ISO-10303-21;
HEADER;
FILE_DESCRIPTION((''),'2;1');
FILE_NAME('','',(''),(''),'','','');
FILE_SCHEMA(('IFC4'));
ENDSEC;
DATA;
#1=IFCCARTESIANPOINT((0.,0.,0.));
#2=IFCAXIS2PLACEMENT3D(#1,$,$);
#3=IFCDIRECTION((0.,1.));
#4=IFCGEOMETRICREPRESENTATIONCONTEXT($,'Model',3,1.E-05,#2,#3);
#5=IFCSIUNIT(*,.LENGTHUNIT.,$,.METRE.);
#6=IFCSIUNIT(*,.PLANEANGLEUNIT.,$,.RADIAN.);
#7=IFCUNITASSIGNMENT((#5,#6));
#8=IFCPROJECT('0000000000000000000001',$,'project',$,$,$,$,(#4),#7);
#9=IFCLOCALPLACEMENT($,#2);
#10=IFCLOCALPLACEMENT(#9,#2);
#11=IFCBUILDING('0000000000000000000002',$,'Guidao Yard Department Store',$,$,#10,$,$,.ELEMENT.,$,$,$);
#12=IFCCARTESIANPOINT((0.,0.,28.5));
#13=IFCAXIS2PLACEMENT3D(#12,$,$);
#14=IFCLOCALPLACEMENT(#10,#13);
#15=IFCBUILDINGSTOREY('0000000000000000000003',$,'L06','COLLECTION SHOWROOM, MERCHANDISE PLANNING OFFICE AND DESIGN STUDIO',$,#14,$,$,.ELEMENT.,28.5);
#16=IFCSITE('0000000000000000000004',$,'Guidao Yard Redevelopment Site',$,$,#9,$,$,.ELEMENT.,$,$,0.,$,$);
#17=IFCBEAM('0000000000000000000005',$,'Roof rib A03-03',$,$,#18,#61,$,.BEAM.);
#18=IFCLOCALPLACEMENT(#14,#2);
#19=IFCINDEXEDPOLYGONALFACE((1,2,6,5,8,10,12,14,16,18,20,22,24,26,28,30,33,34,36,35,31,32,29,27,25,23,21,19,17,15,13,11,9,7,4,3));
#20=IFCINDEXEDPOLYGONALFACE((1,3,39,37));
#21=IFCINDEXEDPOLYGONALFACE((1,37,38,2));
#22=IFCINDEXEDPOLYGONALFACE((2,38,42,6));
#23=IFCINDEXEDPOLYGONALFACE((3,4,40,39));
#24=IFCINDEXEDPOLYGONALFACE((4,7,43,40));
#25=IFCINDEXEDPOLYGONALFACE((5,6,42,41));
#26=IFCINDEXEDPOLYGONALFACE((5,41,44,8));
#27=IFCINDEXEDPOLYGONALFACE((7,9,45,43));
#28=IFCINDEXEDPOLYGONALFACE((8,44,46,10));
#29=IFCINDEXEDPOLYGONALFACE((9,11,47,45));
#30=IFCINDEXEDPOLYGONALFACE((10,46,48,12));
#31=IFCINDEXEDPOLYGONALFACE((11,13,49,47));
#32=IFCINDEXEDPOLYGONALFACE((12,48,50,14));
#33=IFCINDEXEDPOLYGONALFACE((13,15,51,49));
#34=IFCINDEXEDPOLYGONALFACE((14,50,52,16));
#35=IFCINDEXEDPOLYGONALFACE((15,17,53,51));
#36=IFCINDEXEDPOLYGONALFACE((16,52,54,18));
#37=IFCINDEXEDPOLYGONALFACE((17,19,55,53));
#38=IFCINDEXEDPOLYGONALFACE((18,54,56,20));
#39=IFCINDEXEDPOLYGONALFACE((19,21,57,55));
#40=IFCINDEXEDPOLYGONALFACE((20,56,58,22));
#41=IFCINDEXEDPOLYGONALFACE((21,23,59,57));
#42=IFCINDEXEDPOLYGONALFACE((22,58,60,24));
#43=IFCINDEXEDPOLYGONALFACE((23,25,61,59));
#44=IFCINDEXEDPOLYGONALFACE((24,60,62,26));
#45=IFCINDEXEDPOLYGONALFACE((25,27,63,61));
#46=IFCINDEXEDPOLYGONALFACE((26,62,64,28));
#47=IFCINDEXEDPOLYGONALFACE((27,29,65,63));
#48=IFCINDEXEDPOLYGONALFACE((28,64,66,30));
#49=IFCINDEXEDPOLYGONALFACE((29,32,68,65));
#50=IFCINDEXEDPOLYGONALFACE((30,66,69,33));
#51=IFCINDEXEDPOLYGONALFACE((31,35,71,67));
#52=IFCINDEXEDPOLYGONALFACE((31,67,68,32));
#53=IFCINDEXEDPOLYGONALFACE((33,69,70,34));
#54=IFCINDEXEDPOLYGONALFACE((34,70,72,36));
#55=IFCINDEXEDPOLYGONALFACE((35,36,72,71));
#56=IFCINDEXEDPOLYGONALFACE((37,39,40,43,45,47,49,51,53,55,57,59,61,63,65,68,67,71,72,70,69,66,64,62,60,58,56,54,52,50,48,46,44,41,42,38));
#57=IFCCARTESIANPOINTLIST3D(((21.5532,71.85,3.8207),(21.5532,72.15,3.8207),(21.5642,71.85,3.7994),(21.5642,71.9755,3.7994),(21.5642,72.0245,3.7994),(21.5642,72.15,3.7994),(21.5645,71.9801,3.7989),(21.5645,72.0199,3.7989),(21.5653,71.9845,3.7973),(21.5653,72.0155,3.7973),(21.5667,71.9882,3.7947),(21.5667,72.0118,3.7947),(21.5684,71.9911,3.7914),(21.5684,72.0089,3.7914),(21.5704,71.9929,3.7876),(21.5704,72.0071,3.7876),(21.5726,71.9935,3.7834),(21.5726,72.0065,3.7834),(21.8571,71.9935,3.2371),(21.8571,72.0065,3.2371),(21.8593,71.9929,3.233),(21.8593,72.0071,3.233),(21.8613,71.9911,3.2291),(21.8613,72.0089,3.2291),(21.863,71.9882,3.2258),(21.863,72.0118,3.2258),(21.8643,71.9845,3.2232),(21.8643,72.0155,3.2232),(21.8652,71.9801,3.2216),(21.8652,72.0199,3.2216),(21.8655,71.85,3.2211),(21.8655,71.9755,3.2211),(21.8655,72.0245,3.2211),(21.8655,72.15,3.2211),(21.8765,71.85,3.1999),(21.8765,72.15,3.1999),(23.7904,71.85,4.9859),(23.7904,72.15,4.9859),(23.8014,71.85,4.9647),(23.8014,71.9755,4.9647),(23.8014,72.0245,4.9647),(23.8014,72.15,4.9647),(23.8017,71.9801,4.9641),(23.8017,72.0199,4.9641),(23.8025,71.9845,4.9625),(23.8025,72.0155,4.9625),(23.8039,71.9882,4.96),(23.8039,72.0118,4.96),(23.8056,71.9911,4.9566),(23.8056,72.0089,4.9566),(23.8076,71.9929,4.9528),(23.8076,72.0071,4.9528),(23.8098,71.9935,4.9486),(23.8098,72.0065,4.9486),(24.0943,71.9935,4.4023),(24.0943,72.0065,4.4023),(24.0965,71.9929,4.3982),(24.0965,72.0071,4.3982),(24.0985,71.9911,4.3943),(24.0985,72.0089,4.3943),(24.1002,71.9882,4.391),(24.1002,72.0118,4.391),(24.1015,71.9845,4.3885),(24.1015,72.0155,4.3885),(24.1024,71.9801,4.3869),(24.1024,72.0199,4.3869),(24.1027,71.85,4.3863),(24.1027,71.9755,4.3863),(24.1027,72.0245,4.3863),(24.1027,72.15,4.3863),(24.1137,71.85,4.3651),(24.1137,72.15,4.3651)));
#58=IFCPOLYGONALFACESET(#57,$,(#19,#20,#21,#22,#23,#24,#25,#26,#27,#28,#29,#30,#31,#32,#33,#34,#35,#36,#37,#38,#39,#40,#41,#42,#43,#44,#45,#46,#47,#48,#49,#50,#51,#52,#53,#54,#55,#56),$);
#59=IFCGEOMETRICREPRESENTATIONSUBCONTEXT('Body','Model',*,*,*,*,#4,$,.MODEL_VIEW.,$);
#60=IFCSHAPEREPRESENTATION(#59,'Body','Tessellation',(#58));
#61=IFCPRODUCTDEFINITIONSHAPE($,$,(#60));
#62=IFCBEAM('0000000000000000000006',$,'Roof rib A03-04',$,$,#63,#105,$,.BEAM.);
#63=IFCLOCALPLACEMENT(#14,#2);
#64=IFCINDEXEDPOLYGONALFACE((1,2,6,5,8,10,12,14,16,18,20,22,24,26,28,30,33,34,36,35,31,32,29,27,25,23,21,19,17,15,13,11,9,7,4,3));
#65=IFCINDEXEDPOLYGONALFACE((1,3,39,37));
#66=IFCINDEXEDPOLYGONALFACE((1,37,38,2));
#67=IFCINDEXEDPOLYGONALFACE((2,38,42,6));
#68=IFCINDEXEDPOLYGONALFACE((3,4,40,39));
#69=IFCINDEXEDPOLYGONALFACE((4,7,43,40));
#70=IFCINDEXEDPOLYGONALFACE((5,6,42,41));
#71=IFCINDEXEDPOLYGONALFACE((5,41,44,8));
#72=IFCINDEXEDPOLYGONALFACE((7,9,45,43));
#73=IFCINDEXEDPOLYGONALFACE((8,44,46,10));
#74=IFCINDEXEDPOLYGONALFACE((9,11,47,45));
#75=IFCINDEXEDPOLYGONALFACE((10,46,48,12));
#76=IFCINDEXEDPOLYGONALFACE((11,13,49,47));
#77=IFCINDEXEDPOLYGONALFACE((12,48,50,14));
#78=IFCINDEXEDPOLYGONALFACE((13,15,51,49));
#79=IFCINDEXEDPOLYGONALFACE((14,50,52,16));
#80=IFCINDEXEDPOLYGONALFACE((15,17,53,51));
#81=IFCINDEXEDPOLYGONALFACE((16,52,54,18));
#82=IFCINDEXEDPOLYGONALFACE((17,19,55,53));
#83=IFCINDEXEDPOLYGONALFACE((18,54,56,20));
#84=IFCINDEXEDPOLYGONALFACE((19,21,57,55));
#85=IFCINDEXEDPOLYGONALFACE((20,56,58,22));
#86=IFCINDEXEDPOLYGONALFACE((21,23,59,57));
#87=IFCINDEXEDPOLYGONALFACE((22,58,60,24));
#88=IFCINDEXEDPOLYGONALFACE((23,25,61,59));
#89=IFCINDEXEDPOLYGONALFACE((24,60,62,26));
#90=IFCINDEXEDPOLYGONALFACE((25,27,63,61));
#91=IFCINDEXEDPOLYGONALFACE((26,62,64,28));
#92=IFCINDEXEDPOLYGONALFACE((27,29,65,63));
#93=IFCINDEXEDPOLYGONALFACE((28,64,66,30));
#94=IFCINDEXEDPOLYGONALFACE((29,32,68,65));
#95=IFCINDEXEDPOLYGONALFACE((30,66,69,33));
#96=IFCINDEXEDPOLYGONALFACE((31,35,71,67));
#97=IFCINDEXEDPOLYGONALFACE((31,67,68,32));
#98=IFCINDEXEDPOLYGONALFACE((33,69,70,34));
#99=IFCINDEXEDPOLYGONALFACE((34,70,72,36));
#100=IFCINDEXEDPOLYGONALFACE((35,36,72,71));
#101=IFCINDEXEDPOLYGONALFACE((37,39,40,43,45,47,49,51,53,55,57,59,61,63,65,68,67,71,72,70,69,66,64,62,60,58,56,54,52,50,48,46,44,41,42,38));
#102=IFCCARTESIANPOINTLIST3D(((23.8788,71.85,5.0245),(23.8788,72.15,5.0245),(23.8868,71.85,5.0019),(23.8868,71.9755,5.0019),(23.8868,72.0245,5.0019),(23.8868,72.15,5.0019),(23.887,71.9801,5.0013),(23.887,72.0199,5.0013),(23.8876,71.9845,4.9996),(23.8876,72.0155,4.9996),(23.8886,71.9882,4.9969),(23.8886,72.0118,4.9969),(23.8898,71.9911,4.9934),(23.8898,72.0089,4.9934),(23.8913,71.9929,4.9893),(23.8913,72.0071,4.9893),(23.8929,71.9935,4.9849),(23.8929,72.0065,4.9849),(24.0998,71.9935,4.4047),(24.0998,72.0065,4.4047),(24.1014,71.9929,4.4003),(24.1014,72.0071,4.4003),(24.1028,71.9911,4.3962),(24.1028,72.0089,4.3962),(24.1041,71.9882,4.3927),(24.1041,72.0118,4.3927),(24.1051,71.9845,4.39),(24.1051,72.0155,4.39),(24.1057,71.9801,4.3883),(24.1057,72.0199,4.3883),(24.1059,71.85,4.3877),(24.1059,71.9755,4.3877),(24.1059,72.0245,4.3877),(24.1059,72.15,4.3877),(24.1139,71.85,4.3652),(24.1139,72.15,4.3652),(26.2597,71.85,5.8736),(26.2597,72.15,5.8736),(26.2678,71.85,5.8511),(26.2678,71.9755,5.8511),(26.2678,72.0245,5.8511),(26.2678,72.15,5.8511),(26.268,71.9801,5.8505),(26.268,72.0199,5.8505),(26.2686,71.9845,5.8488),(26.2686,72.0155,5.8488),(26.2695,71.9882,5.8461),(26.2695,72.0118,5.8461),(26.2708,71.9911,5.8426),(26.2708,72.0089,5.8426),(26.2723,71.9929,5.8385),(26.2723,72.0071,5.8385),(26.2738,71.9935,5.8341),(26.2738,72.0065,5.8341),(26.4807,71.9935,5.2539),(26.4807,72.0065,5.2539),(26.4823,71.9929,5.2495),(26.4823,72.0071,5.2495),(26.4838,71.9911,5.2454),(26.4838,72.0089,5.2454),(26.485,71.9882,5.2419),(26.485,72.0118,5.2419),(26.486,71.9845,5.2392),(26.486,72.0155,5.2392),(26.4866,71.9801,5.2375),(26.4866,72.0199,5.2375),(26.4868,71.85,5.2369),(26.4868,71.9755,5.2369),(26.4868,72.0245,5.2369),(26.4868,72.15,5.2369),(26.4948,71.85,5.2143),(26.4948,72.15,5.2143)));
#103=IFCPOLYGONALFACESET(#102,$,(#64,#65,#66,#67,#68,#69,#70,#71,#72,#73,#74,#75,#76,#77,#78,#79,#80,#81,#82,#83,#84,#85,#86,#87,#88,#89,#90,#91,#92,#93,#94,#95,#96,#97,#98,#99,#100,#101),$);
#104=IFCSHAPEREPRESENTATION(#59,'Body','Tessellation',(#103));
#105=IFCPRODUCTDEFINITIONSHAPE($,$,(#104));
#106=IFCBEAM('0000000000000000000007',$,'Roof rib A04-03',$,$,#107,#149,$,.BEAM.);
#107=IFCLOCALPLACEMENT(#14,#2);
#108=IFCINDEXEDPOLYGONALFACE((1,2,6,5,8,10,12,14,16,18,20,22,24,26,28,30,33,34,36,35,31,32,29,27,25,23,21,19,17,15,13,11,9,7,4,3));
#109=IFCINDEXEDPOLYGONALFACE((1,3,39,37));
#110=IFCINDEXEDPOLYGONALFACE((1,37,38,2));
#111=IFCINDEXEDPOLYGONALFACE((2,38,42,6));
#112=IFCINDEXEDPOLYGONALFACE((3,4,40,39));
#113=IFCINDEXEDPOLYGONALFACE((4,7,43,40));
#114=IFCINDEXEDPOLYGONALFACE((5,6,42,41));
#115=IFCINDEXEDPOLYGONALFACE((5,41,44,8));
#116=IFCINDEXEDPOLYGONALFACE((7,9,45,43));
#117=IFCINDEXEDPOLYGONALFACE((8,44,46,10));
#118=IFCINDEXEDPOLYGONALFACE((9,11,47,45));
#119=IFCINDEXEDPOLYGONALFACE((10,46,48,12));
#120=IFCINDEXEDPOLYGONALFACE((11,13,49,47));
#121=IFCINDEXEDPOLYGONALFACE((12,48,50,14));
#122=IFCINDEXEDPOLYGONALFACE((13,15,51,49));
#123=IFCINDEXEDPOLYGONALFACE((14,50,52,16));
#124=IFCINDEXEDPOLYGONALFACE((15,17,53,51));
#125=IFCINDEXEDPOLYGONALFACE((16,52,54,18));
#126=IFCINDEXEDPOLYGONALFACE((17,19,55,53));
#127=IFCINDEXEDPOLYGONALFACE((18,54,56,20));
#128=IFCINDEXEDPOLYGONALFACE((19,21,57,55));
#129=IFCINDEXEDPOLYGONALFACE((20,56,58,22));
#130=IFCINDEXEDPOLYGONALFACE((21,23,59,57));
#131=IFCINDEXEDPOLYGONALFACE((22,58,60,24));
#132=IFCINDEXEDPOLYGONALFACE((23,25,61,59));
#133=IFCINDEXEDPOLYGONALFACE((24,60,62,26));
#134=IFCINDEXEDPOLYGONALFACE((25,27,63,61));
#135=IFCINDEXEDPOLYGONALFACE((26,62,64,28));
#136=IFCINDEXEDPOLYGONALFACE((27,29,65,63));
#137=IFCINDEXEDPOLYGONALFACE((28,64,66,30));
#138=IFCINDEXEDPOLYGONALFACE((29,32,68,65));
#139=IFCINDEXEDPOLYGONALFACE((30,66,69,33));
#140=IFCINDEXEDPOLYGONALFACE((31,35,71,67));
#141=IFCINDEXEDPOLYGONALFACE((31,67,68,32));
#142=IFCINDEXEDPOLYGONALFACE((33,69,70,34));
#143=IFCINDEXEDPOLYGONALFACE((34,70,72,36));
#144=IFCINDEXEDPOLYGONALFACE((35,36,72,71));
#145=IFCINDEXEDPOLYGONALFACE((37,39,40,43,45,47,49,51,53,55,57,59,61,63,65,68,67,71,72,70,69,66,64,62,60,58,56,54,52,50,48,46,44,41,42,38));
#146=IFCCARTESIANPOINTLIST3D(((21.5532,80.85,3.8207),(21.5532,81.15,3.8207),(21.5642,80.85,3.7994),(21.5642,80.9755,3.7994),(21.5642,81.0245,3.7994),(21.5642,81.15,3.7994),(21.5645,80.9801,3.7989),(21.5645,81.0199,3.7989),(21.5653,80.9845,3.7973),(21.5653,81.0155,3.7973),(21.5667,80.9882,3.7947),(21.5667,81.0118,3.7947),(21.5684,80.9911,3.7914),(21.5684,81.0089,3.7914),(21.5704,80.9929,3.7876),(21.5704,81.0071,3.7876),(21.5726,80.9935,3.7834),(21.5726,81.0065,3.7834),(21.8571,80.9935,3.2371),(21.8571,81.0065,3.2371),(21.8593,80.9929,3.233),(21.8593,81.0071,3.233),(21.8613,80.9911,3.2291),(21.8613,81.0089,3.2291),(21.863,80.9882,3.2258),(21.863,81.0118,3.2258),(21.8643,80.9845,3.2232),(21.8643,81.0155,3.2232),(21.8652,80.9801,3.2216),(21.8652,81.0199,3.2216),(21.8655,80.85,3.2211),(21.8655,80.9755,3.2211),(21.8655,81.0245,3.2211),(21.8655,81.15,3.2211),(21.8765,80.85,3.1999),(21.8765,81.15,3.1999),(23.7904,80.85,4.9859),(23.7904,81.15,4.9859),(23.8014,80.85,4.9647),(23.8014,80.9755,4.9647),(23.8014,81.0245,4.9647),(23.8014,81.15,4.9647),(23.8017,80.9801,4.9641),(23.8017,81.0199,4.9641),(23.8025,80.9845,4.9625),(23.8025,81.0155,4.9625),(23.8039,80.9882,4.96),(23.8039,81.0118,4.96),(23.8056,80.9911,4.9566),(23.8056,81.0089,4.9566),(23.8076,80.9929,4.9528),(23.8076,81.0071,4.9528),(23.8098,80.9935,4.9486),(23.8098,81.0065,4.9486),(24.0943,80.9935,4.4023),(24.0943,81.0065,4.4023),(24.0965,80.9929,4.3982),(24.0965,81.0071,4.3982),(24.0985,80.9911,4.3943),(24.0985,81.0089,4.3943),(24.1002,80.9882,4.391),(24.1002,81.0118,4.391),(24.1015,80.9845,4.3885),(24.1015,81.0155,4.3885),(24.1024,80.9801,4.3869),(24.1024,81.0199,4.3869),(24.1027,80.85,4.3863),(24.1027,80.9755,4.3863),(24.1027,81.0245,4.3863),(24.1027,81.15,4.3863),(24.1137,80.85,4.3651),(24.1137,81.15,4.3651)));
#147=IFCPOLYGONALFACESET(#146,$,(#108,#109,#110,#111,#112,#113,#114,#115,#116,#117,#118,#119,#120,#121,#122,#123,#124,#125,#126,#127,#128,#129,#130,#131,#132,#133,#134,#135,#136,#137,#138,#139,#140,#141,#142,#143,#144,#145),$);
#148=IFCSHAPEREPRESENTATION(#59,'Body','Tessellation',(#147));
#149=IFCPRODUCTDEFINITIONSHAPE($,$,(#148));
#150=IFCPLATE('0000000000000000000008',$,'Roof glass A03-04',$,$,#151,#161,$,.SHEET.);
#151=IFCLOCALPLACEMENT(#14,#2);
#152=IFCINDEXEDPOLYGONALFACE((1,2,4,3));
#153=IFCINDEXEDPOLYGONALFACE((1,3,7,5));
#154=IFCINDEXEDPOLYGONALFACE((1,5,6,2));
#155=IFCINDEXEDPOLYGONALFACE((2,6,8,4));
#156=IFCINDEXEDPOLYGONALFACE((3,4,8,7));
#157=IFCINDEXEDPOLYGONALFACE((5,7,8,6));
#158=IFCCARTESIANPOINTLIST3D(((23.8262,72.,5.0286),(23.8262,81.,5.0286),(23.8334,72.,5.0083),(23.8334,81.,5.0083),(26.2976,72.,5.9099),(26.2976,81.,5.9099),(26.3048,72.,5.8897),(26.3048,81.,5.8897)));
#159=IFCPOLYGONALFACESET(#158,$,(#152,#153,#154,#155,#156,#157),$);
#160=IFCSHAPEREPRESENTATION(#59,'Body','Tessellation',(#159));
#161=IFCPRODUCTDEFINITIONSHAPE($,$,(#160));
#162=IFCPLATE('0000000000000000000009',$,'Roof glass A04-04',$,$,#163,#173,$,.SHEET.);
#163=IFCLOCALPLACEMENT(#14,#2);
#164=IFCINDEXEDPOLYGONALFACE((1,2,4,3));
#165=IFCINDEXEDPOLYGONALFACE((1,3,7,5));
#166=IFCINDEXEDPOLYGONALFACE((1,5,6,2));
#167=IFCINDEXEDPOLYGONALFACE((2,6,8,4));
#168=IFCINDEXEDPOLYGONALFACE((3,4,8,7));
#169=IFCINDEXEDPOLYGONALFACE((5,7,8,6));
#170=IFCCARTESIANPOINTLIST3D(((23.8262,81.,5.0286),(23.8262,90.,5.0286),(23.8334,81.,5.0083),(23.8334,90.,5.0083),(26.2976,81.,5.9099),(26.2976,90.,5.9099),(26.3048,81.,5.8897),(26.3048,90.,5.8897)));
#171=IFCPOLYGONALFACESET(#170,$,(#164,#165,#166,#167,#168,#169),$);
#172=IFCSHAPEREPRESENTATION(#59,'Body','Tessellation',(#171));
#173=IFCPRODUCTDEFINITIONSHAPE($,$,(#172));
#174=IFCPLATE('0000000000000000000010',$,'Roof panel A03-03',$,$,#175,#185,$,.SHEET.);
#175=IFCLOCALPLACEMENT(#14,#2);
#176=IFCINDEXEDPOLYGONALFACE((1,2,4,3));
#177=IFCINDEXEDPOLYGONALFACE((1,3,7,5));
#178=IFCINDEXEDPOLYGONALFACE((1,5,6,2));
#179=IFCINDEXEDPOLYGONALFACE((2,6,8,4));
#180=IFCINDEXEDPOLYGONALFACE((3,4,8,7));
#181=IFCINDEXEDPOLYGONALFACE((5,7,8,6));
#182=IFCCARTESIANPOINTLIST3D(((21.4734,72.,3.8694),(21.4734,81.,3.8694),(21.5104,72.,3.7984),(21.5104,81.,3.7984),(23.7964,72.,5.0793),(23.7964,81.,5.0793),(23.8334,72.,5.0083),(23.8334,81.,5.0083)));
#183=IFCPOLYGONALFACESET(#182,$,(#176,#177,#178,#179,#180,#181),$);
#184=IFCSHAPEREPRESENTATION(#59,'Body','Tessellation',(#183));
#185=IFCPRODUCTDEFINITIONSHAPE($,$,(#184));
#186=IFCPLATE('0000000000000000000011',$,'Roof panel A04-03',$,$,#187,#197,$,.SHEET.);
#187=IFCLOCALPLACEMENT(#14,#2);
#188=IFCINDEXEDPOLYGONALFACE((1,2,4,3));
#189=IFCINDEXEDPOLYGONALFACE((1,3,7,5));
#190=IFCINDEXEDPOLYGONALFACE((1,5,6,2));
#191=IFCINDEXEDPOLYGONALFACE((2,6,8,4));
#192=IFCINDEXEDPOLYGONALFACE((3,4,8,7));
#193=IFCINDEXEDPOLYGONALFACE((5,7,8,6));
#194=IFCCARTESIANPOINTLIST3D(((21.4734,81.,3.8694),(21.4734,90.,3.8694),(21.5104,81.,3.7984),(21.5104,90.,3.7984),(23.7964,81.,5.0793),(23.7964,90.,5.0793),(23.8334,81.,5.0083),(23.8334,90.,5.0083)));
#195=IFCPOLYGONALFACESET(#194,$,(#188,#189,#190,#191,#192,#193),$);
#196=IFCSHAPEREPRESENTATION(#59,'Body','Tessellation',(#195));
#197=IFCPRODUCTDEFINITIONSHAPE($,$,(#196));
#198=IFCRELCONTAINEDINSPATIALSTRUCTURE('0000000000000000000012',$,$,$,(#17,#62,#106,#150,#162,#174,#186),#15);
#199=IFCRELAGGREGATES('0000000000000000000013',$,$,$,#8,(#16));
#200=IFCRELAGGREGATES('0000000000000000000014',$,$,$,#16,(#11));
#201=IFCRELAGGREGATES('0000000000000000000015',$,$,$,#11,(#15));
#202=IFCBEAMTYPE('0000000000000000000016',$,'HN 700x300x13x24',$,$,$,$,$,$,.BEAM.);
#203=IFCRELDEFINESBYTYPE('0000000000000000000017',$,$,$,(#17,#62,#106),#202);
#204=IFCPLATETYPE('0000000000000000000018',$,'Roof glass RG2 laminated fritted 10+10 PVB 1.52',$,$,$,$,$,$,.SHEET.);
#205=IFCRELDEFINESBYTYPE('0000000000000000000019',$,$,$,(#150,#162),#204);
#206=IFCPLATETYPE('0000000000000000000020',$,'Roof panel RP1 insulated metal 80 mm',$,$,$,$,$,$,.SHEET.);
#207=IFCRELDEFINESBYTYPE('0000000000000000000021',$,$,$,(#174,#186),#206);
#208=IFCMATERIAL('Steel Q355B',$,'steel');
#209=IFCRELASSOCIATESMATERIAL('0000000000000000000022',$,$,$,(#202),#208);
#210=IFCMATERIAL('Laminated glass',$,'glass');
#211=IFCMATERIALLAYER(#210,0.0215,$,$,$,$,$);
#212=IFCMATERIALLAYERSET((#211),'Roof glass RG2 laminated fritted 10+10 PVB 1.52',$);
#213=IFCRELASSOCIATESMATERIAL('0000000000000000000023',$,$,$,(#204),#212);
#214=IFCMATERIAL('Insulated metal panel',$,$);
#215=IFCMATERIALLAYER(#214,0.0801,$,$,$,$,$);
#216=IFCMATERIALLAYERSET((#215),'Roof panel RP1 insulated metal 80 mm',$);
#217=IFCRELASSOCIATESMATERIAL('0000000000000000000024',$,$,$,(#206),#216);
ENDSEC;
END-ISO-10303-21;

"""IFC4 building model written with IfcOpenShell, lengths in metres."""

from ifc_helpers import new_model, si_unit, direction, frame, origin, origin_2d, place, context, subcontext, project, spatial, polyline, i_section, outline, extrude, material, layer, layer_set, material_profile, profile_set, type_object, element, save


model = new_model("IFC4")

# Units and contexts
model_context = context("Model", 3, precision=1e-05, world=origin(), true_north=direction((0.0, 1.0)))
body_context = subcontext(model_context, "Body", "Model", "MODEL_VIEW")
ifc_project = project(units=[si_unit("LENGTHUNIT", "METRE"), si_unit("PLANEANGLEUNIT", "RADIAN")], contexts=[model_context])

# Site, building, storey
site_placement = place(None, origin())
site = spatial("IfcSite", under=ifc_project, at=site_placement, Name="Guidao Yard Redevelopment Site", CompositionType="ELEMENT", RefElevation=0.0)
building_placement = place(site_placement, origin())
building = spatial("IfcBuilding", under=site, at=building_placement, Name="Guidao Yard Department Store", CompositionType="ELEMENT")
storey_placement = place(building_placement, frame((0.0, 0.0, 28.5)))
storey = spatial("IfcBuildingStorey", under=building, at=storey_placement, Name="L06", Description="COLLECTION SHOWROOM, MERCHANDISE PLANNING OFFICE AND DESIGN STUDIO", CompositionType="ELEMENT", Elevation=28.5)

# Beams
ifc_material_1 = material(Name="Steel Q355B", Category="steel")
ifc_material_profile_1 = material_profile(ifc_material_1, i_section(OverallWidth=0.3, OverallDepth=0.7, WebThickness=0.0129, FlangeThickness=0.0239, FilletRadius=0.0181, at=origin_2d()), Name="HN 700x300x13x24")
ifc_profile_set_1 = profile_set([ifc_material_profile_1], Name="Steel Q355B")
beam_type = type_object("IfcBeamType", Name="HN 700x300x13x24", PredefinedType="BEAM", material=ifc_profile_set_1)
beam_1_placement = place(storey_placement, frame((21.7148, 72.0, 3.5103), z_axis=(0.886911, 0.0, 0.461941), x_axis=(0.0, 1.0, 0.0)))
element("IfcBeam", 1, at=beam_1_placement, inside=storey, type_object=beam_type, Name="Roof rib A03-03", PredefinedType="BEAM", context=body_context, shape_type="SweptSolid", body=[
    extrude(i_section(OverallWidth=0.3, OverallDepth=0.7, WebThickness=0.0129, FlangeThickness=0.0239, FilletRadius=0.0181, at=origin_2d()), origin(), (0.0, 0.0, 1.0), 2.5225),
])
beam_2_placement = place(storey_placement, frame((23.9963, 72.0, 4.6948), z_axis=(0.94189, 0.0, 0.33592), x_axis=(0.0, 1.0, 0.0)))
element("IfcBeam", 2, at=beam_2_placement, inside=storey, type_object=beam_type, Name="Roof rib A03-04", PredefinedType="BEAM", context=body_context, shape_type="SweptSolid", body=[
    extrude(i_section(OverallWidth=0.3, OverallDepth=0.7, WebThickness=0.0129, FlangeThickness=0.0239, FilletRadius=0.0181, at=origin_2d()), origin(), (0.0, 0.0, 1.0), 2.5278),
])
beam_3_placement = place(storey_placement, frame((21.7148, 81.0, 3.5103), z_axis=(0.886911, 0.0, 0.461941), x_axis=(0.0, 1.0, 0.0)))
element("IfcBeam", 3, at=beam_3_placement, inside=storey, type_object=beam_type, Name="Roof rib A04-03", PredefinedType="BEAM", context=body_context, shape_type="SweptSolid", body=[
    extrude(i_section(OverallWidth=0.3, OverallDepth=0.7, WebThickness=0.0129, FlangeThickness=0.0239, FilletRadius=0.0181, at=origin_2d()), origin(), (0.0, 0.0, 1.0), 2.5225),
])

# Plates
ifc_material_2 = material(Name="Laminated glass", Category="glass")
ifc_layer_1 = layer(ifc_material_2, 0.0215)
ifc_layer_set_1 = layer_set([ifc_layer_1], Name="Roof glass RG2 laminated fritted 10+10 PVB 1.52")
plate_type_1 = type_object("IfcPlateType", Name="Roof glass RG2 laminated fritted 10+10 PVB 1.52", PredefinedType="SHEET", material=ifc_layer_set_1)
for number, where, z_axis, x_axis, name in (
    (4, (23.8262, 72.0, 5.0286), (-0.335894, 0.0, 0.9419), (0.9419, 0.0, 0.335894), "Roof glass A03-04"),
    (5, (23.8262, 81.0, 5.0286), (-0.335894, 0.0, 0.9419), (0.9419, 0.0, 0.335894), "Roof glass A04-04"),
):
    element("IfcPlate", number, at=place(storey_placement, frame(where, z_axis=z_axis, x_axis=x_axis)), inside=storey, type_object=plate_type_1, Name=name, PredefinedType="SHEET", context=body_context, shape_type="SweptSolid", body=[
        extrude(outline(polyline([(0.0, 0.0), (2.6239, 0.0), (2.6239, 9.0), (0.0, 9.0), (0.0, 0.0)])), origin(), (0.0, 0.0, -1.0), 0.0215),
    ])
ifc_material_3 = material(Name="Insulated metal panel")
ifc_layer_2 = layer(ifc_material_3, 0.0801)
ifc_layer_set_2 = layer_set([ifc_layer_2], Name="Roof panel RP1 insulated metal 80 mm")
plate_type_2 = type_object("IfcPlateType", Name="Roof panel RP1 insulated metal 80 mm", PredefinedType="SHEET", material=ifc_layer_set_2)
for number, where, z_axis, x_axis, name in (
    (6, (21.4734, 72.0, 3.8694), (-0.461954, 0.0, 0.886904), (0.886904, 0.0, 0.461954), "Roof panel A03-03"),
    (7, (21.4734, 81.0, 3.8694), (-0.461954, 0.0, 0.886904), (0.886904, 0.0, 0.461954), "Roof panel A04-03"),
):
    element("IfcPlate", number, at=place(storey_placement, frame(where, z_axis=z_axis, x_axis=x_axis)), inside=storey, type_object=plate_type_2, Name=name, PredefinedType="SHEET", context=body_context, shape_type="SweptSolid", body=[
        extrude(outline(polyline([(0.0, 0.0), (2.6192, 0.0), (2.6192, 9.0), (0.0, 9.0), (0.0, 0.0)])), origin(), (0.0, 0.0, -1.0), 0.0801),
    ])

save(model, "model.ifc")
